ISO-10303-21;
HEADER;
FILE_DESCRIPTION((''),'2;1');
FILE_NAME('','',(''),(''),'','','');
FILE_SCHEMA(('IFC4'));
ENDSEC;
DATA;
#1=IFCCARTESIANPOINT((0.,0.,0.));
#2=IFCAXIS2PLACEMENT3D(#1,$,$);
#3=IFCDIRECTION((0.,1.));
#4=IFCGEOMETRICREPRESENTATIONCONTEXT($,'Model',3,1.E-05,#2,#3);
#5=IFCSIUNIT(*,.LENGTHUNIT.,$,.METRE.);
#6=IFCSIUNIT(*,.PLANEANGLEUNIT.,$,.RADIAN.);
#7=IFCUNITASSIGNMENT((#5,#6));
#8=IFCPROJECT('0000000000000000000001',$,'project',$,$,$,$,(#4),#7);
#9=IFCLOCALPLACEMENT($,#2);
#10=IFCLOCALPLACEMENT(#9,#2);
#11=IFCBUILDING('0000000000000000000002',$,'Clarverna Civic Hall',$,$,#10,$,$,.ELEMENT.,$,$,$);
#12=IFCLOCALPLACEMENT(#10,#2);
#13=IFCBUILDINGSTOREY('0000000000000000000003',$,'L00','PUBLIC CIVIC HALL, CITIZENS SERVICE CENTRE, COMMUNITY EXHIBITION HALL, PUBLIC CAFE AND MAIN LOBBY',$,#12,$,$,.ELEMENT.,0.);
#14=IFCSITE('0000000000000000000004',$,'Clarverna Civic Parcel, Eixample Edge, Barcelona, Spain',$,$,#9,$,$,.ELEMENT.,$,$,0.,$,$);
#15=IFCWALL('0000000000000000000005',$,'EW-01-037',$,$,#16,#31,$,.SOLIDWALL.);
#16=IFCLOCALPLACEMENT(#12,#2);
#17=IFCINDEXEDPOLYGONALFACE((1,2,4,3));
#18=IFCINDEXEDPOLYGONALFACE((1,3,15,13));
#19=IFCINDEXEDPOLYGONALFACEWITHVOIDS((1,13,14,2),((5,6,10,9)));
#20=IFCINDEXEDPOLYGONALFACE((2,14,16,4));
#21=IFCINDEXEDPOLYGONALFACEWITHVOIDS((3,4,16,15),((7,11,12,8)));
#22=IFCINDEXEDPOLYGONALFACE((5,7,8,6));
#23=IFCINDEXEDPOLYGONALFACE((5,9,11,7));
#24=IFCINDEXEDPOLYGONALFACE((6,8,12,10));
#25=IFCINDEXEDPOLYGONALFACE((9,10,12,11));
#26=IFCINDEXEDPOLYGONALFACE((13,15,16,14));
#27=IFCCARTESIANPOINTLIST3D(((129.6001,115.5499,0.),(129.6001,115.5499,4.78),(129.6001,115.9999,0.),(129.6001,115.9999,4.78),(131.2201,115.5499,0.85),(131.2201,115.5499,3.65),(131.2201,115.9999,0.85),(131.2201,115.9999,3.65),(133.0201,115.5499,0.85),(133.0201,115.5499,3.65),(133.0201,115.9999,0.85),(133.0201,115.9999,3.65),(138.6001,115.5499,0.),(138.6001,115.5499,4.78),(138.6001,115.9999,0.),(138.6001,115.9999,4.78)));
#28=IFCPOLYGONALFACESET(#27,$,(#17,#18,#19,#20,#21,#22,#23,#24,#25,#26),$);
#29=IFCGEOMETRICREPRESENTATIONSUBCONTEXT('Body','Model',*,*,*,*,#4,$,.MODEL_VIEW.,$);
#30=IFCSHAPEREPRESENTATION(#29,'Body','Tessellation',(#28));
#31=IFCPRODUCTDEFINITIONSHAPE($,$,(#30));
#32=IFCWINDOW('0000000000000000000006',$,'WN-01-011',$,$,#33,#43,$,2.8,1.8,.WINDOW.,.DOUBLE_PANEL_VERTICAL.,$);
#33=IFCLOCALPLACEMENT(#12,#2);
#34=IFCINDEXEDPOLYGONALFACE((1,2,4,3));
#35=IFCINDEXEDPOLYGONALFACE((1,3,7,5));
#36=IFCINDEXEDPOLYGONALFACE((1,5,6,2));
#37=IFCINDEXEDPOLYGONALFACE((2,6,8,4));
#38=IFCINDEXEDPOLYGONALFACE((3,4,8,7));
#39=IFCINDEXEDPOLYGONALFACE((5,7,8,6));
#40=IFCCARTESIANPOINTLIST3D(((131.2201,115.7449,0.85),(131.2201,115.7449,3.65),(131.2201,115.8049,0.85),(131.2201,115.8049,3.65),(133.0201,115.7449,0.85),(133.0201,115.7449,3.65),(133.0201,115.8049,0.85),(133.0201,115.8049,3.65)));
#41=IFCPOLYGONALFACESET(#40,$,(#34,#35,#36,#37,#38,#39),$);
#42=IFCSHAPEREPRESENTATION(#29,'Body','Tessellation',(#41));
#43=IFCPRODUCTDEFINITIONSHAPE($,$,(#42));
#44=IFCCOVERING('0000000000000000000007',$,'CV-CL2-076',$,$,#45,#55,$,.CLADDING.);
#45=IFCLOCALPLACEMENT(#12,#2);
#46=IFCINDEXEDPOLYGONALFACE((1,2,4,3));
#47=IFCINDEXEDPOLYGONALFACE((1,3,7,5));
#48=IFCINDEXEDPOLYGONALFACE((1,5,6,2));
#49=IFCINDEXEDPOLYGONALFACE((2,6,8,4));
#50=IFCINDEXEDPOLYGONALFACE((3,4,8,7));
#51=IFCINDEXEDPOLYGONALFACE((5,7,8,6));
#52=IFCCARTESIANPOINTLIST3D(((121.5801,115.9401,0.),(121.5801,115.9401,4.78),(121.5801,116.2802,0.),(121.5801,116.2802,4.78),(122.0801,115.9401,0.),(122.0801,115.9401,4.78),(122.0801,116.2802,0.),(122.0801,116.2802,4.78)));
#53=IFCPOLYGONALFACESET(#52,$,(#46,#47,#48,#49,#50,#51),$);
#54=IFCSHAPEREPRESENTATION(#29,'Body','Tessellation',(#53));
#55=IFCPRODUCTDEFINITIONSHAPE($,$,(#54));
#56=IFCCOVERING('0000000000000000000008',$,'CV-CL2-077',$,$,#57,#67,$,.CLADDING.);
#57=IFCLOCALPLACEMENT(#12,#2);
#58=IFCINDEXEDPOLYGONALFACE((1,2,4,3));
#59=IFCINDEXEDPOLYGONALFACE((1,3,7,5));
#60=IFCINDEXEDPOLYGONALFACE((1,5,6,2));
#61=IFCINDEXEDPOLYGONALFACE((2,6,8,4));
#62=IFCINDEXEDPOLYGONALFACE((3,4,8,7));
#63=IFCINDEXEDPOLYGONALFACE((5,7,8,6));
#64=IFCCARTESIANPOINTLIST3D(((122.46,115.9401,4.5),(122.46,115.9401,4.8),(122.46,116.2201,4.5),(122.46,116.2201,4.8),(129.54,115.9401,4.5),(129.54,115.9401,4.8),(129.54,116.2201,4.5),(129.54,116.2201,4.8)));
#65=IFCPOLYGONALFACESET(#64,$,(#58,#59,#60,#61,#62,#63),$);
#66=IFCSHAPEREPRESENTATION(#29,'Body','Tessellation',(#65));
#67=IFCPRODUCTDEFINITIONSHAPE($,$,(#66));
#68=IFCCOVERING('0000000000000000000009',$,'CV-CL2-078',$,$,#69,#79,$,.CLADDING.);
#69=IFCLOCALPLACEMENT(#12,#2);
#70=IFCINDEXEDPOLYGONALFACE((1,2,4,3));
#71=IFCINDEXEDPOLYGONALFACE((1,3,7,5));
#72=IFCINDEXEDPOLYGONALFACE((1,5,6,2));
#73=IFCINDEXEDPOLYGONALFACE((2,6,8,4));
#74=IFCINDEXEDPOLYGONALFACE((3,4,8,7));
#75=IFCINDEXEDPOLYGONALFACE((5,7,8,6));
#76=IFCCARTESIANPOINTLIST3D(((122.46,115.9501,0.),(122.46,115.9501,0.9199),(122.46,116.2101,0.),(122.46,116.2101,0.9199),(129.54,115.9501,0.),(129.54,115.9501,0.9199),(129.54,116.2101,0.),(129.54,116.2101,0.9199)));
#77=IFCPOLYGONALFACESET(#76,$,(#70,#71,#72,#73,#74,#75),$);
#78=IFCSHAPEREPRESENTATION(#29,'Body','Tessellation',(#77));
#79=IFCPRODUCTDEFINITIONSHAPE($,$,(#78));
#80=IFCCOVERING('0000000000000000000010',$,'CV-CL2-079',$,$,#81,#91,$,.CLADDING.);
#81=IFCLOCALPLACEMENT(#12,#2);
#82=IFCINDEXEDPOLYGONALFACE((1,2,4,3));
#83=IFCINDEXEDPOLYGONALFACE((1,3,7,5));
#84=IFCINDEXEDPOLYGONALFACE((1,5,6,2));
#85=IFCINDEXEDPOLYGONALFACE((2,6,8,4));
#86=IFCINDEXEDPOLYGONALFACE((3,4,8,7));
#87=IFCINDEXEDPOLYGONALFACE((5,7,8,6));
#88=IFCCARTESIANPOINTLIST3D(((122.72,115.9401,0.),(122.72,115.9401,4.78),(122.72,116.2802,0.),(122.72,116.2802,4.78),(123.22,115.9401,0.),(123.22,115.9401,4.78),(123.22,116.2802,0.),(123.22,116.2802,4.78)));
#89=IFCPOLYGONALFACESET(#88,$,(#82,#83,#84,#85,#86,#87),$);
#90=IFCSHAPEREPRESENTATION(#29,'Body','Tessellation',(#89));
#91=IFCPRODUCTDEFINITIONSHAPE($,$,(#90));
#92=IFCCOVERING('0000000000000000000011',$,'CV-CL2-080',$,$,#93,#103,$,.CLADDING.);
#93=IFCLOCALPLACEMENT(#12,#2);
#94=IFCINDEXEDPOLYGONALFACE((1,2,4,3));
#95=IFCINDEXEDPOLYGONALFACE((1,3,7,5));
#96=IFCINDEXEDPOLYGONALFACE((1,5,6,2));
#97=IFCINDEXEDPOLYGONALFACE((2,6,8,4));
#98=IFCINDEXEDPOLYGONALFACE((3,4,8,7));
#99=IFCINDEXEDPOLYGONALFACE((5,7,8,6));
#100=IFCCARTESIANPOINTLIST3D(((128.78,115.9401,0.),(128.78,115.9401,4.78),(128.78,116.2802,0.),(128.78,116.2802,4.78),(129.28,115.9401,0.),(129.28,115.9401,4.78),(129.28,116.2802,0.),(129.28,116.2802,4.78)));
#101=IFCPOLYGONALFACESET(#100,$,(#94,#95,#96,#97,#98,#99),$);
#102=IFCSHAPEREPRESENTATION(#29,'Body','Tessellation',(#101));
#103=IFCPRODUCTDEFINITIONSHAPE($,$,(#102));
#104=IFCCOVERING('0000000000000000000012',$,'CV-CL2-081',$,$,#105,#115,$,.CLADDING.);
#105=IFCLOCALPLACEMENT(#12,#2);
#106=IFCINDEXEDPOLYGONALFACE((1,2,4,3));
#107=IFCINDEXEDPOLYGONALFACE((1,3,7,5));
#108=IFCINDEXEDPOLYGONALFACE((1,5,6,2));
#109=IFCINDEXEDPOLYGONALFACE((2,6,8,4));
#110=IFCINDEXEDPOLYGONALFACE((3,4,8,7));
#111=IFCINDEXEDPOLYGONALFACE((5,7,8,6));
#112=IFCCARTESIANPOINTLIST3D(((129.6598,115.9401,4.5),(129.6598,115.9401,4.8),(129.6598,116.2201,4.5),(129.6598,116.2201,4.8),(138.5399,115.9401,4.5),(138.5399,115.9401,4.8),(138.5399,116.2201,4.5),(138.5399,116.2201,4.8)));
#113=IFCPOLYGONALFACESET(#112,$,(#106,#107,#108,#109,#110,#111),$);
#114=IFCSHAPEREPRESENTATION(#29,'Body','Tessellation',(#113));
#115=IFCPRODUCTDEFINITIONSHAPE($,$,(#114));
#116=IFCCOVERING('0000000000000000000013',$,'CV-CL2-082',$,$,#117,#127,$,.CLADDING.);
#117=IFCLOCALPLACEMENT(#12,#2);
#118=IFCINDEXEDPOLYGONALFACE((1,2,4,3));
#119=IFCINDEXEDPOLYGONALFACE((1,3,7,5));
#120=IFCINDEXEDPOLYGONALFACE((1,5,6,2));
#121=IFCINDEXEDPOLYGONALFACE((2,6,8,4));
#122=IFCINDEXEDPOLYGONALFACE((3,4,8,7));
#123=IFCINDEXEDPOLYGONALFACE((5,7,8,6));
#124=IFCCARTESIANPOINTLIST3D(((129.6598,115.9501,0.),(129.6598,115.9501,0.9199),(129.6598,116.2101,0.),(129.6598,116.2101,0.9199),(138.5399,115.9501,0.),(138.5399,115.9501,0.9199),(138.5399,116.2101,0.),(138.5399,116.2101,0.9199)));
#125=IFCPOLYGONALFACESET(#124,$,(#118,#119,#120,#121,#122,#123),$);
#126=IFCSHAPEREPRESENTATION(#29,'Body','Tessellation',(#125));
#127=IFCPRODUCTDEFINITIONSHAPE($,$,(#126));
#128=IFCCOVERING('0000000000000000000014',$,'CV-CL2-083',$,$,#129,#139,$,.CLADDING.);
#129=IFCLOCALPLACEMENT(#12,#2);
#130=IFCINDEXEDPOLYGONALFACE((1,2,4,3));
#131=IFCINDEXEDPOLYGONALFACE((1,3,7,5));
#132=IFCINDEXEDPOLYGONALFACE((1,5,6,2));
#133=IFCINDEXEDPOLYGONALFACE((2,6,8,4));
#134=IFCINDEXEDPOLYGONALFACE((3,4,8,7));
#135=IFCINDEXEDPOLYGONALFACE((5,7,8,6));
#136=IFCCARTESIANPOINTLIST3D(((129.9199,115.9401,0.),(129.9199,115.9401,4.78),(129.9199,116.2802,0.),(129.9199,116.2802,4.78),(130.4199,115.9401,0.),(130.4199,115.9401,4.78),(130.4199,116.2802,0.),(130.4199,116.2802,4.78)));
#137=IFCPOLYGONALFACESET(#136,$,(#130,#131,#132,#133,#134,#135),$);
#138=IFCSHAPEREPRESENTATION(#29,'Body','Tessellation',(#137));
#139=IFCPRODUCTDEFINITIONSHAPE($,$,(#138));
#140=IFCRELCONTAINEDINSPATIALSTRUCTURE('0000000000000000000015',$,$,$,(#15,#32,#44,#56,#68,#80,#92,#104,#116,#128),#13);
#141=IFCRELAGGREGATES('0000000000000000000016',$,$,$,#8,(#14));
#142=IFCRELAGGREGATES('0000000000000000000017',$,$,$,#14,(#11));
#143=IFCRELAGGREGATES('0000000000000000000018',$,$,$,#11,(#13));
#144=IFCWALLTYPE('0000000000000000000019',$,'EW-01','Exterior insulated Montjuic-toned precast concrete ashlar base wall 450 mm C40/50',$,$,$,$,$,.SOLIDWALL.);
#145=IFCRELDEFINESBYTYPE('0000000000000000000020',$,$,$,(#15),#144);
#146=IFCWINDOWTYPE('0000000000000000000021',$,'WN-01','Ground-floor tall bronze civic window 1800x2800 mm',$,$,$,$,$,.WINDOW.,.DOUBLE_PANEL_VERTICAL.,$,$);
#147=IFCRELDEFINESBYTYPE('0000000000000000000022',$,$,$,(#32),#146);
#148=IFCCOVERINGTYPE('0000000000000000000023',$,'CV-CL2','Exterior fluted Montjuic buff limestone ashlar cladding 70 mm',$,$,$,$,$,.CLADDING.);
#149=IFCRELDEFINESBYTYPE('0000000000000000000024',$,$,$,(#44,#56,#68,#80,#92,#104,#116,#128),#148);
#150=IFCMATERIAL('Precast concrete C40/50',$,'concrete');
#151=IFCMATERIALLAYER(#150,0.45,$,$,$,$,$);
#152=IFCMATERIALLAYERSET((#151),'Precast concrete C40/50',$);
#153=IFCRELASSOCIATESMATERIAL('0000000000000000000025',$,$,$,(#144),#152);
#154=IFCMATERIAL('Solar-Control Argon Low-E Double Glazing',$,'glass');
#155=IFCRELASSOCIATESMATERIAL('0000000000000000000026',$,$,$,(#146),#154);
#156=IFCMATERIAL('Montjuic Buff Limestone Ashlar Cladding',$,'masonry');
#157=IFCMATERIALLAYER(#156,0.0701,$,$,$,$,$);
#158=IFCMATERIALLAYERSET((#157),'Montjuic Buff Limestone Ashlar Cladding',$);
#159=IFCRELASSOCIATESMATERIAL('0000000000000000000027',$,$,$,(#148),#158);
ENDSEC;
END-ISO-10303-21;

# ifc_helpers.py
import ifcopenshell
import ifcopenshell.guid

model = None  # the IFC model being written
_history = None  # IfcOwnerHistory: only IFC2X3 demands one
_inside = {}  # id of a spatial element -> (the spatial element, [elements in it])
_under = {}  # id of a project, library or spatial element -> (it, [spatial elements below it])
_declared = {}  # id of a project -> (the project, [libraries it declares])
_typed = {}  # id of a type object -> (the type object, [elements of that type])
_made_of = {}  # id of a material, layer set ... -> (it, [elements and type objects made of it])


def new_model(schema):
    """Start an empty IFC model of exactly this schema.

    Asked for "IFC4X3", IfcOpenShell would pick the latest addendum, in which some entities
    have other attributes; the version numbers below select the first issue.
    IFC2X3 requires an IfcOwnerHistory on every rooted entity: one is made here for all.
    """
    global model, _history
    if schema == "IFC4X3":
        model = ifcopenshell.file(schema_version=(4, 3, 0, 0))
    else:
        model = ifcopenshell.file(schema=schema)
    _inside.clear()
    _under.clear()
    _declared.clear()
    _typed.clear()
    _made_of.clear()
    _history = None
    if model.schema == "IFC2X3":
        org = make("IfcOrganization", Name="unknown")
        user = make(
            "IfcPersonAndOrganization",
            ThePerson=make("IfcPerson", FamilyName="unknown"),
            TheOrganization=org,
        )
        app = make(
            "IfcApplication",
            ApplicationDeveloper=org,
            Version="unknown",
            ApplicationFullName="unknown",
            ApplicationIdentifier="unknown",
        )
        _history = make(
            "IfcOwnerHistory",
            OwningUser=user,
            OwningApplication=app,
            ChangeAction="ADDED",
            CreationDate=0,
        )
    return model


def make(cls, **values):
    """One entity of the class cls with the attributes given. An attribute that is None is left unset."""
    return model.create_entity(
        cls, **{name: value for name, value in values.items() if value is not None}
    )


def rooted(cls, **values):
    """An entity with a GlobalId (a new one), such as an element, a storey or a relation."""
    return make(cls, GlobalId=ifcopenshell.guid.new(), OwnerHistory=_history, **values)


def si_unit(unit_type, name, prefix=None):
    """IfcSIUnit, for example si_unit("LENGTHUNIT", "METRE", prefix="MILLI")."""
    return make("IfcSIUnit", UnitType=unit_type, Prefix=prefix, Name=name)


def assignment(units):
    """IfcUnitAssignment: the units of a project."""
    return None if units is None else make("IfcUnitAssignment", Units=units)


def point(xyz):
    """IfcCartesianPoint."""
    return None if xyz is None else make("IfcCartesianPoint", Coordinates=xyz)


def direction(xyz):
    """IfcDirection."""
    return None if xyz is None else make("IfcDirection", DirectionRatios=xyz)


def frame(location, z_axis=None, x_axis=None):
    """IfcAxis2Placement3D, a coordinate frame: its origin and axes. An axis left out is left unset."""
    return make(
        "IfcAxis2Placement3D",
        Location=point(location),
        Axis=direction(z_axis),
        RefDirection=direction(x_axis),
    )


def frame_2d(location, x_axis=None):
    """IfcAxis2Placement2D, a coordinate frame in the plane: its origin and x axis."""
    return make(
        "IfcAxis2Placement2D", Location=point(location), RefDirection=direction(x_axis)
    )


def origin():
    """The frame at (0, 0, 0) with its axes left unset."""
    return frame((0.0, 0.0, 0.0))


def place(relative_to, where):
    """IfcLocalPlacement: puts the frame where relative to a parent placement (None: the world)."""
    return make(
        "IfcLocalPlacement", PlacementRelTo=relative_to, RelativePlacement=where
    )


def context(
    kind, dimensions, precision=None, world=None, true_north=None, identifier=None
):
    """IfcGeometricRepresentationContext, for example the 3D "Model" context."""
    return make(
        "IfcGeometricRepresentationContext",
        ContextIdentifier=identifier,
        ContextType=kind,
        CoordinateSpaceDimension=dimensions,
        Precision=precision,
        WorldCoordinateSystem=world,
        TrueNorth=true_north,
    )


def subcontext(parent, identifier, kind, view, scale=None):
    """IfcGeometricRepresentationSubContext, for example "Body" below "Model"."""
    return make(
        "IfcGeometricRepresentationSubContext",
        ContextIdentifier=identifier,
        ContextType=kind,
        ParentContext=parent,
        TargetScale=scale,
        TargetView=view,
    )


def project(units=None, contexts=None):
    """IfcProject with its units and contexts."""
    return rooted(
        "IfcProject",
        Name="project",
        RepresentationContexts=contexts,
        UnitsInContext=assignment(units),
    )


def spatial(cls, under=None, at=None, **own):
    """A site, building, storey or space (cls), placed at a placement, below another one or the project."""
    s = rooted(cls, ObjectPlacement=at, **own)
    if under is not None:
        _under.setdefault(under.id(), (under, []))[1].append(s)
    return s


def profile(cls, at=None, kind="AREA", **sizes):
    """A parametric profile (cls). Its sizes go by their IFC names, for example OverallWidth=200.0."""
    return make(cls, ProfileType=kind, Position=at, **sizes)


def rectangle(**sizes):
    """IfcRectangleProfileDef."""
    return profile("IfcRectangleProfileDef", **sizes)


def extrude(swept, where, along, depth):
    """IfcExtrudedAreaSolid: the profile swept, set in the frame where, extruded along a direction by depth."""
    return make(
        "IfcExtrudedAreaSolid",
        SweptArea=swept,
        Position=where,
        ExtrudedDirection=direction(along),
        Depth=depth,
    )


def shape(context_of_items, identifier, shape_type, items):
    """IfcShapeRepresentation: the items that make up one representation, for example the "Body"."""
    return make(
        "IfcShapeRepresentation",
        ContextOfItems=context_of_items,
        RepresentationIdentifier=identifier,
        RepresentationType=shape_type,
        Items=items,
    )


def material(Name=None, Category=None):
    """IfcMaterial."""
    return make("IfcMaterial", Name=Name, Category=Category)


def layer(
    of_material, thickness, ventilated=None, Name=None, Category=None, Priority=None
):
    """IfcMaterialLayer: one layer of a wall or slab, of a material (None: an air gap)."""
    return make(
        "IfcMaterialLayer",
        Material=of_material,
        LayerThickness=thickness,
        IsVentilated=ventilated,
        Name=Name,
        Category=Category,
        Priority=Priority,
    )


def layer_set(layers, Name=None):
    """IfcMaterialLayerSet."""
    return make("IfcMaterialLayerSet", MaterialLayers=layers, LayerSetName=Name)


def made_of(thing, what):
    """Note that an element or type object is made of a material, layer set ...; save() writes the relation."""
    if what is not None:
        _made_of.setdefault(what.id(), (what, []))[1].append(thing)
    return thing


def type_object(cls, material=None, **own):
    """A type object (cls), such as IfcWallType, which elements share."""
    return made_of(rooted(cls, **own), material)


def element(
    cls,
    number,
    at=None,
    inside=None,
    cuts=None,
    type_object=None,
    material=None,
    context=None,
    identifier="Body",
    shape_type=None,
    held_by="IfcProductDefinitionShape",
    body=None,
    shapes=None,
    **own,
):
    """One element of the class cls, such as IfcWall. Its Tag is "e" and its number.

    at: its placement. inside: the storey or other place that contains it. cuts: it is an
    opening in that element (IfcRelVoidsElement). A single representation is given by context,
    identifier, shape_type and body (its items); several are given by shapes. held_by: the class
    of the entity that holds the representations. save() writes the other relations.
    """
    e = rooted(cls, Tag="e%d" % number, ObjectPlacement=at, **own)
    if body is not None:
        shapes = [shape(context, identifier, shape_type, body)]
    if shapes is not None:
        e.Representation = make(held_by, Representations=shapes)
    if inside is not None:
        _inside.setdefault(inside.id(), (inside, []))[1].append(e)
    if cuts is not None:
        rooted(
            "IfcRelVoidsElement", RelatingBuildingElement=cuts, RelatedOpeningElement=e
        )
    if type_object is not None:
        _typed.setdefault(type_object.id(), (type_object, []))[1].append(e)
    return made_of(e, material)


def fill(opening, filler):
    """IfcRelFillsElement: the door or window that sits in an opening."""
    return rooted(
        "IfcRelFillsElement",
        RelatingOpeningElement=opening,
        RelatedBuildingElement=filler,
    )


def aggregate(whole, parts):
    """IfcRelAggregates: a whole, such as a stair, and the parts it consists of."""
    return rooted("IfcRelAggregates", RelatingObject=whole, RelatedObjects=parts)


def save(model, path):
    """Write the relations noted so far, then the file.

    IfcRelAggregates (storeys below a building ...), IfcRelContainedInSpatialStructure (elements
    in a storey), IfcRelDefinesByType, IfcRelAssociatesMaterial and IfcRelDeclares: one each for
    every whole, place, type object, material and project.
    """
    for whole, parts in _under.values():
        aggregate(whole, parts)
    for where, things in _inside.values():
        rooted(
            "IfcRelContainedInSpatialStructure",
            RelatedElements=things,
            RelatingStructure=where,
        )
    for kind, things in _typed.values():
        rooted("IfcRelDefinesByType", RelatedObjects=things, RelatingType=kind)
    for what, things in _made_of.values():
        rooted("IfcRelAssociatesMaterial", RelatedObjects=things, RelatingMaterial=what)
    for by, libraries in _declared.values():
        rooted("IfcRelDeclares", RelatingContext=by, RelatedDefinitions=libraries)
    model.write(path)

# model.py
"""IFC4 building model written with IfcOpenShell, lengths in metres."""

from ifc_helpers import new_model, si_unit, direction, frame, frame_2d, origin, place, context, subcontext, project, spatial, rectangle, extrude, material, layer, layer_set, type_object, element, fill, save


model = new_model("IFC4")

# Units and contexts
model_context = context("Model", 3, precision=1e-05, world=origin(), true_north=direction((0.0, 1.0)))
body_context = subcontext(model_context, "Body", "Model", "MODEL_VIEW")
ifc_project = project(units=[si_unit("LENGTHUNIT", "METRE"), si_unit("PLANEANGLEUNIT", "RADIAN")], contexts=[model_context])

# Site, building, storey
site_placement = place(None, origin())
site = spatial("IfcSite", under=ifc_project, at=site_placement, Name="Clarverna Civic Parcel, Eixample Edge, Barcelona, Spain", CompositionType="ELEMENT", RefElevation=0.0)
building_placement = place(site_placement, origin())
building = spatial("IfcBuilding", under=site, at=building_placement, Name="Clarverna Civic Hall", CompositionType="ELEMENT")
storey_placement = place(building_placement, origin())
storey = spatial("IfcBuildingStorey", under=building, at=storey_placement, Name="L00", Description="PUBLIC CIVIC HALL, CITIZENS SERVICE CENTRE, COMMUNITY EXHIBITION HALL, PUBLIC CAFE AND MAIN LOBBY", CompositionType="ELEMENT", Elevation=0.0)

# Shared definitions
ifc_material_1 = material(Name="Precast concrete C40/50", Category="concrete")

# Shared definitions
ifc_layer_1 = layer(ifc_material_1, 0.45)
ifc_layer_set_1 = layer_set([ifc_layer_1], Name="Precast concrete C40/50")
wall_type = type_object("IfcWallType", Name="EW-01", Description="Exterior insulated Montjuic-toned precast concrete ashlar base wall 450 mm C40/50", PredefinedType="SOLIDWALL", material=ifc_layer_set_1)
ifc_material_2 = material(Name="Solar-Control Argon Low-E Double Glazing", Category="glass")

# Wall, opening, window
wall_1_placement = place(storey_placement, frame((129.6001, 115.7749, 0.0), z_axis=(0.0, 0.0, 1.0), x_axis=(1.0, 0.0, 0.0)))
wall_1 = element("IfcWall", 1, at=wall_1_placement, inside=storey, type_object=wall_type, Name="EW-01-037", PredefinedType="SOLIDWALL", context=body_context, shape_type="SweptSolid", body=[
    extrude(rectangle(XDim=9.0, YDim=0.45, at=frame_2d((4.5, 0.0))), origin(), (0.0, 0.0, 1.0), 4.78),
])
opening_1_placement = place(wall_1_placement, frame((1.6201, 0.0, 0.8501)))
opening_1 = element("IfcOpeningElement", 2, at=opening_1_placement, cuts=wall_1, PredefinedType="OPENING", context=body_context, shape_type="SweptSolid", body=[
    extrude(rectangle(XDim=1.8, YDim=2.8, at=frame_2d((0.8999, 1.3999))), frame((0.0, 0.2349, 0.0), z_axis=(0.0, -1.0, 0.0), x_axis=(1.0, 0.0, 0.0)), (0.0, 0.0, 1.0), 0.47),
])
window_type_1 = type_object("IfcWindowType", Name="WN-01", Description="Ground-floor tall bronze civic window 1800x2800 mm", PartitioningType="DOUBLE_PANEL_VERTICAL", PredefinedType="WINDOW", material=ifc_material_2)
window_1_placement = place(opening_1_placement, origin())
window_1 = element("IfcWindow", 3, at=window_1_placement, inside=storey, type_object=window_type_1, Name="WN-01-011", OverallHeight=2.8, OverallWidth=1.8, PartitioningType="DOUBLE_PANEL_VERTICAL", PredefinedType="WINDOW", context=body_context, shape_type="SweptSolid", body=[
    extrude(rectangle(XDim=1.8, YDim=2.8, at=frame_2d((0.8999, 1.3999))), frame((0.0, 0.03, 0.0), z_axis=(0.0, -1.0, 0.0), x_axis=(1.0, 0.0, 0.0)), (0.0, 0.0, 1.0), 0.0601),
])
fill(opening_1, window_1)

# Coverings
ifc_material_3 = material(Name="Montjuic Buff Limestone Ashlar Cladding", Category="masonry")
ifc_layer_2 = layer(ifc_material_3, 0.0701)
ifc_layer_set_2 = layer_set([ifc_layer_2], Name="Montjuic Buff Limestone Ashlar Cladding")
covering_type = type_object("IfcCoveringType", Name="CV-CL2", Description="Exterior fluted Montjuic buff limestone ashlar cladding 70 mm", PredefinedType="CLADDING", material=ifc_layer_set_2)
covering_1_placement = place(storey_placement, frame((121.5801, 116.1101, 0.0), z_axis=(0.0, 0.0, 1.0), x_axis=(1.0, 0.0, 0.0)))
element("IfcCovering", 4, at=covering_1_placement, inside=storey, type_object=covering_type, Name="CV-CL2-076", PredefinedType="CLADDING", context=body_context, shape_type="SweptSolid", body=[
    extrude(rectangle(XDim=0.5, YDim=0.3401, at=frame_2d((0.25, 0.0))), origin(), (0.0, 0.0, 1.0), 4.78),
])
covering_2_placement = place(storey_placement, frame((122.46, 116.0801, 4.5), z_axis=(0.0, 0.0, 1.0), x_axis=(1.0, 0.0, 0.0)))
element("IfcCovering", 5, at=covering_2_placement, inside=storey, type_object=covering_type, Name="CV-CL2-077", PredefinedType="CLADDING", context=body_context, shape_type="SweptSolid", body=[
    extrude(rectangle(XDim=7.0801, YDim=0.28, at=frame_2d((3.54, 0.0))), origin(), (0.0, 0.0, 1.0), 0.3),
])
covering_3_placement = place(storey_placement, frame((122.46, 116.0801, 0.0), z_axis=(0.0, 0.0, 1.0), x_axis=(1.0, 0.0, 0.0)))
element("IfcCovering", 6, at=covering_3_placement, inside=storey, type_object=covering_type, Name="CV-CL2-078", PredefinedType="CLADDING", context=body_context, shape_type="SweptSolid", body=[
    extrude(rectangle(XDim=7.0801, YDim=0.26, at=frame_2d((3.54, 0.0))), origin(), (0.0, 0.0, 1.0), 0.9199),
])
for number, where, z_axis, x_axis, name in (
    (7, (122.72, 116.1101, 0.0), (0.0, 0.0, 1.0), (1.0, 0.0, 0.0), "CV-CL2-079"),
    (8, (128.78, 116.1101, 0.0), (0.0, 0.0, 1.0), (1.0, 0.0, 0.0), "CV-CL2-080"),
):
    element("IfcCovering", number, at=place(storey_placement, frame(where, z_axis=z_axis, x_axis=x_axis)), inside=storey, type_object=covering_type, Name=name, PredefinedType="CLADDING", context=body_context, shape_type="SweptSolid", body=[
        extrude(rectangle(XDim=0.5, YDim=0.3401, at=frame_2d((0.25, 0.0))), origin(), (0.0, 0.0, 1.0), 4.78),
    ])
covering_4_placement = place(storey_placement, frame((129.6599, 116.0801, 4.5), z_axis=(0.0, 0.0, 1.0), x_axis=(1.0, 0.0, 0.0)))
element("IfcCovering", 9, at=covering_4_placement, inside=storey, type_object=covering_type, Name="CV-CL2-081", PredefinedType="CLADDING", context=body_context, shape_type="SweptSolid", body=[
    extrude(rectangle(XDim=8.8801, YDim=0.28, at=frame_2d((4.4399, 0.0))), origin(), (0.0, 0.0, 1.0), 0.3),
])
covering_5_placement = place(storey_placement, frame((129.6599, 116.0801, 0.0), z_axis=(0.0, 0.0, 1.0), x_axis=(1.0, 0.0, 0.0)))
element("IfcCovering", 10, at=covering_5_placement, inside=storey, type_object=covering_type, Name="CV-CL2-082", PredefinedType="CLADDING", context=body_context, shape_type="SweptSolid", body=[
    extrude(rectangle(XDim=8.8801, YDim=0.26, at=frame_2d((4.4399, 0.0))), origin(), (0.0, 0.0, 1.0), 0.9199),
])
covering_6_placement = place(storey_placement, frame((129.9199, 116.1101, 0.0), z_axis=(0.0, 0.0, 1.0), x_axis=(1.0, 0.0, 0.0)))
element("IfcCovering", 11, at=covering_6_placement, inside=storey, type_object=covering_type, Name="CV-CL2-083", PredefinedType="CLADDING", context=body_context, shape_type="SweptSolid", body=[
    extrude(rectangle(XDim=0.5, YDim=0.3401, at=frame_2d((0.25, 0.0))), origin(), (0.0, 0.0, 1.0), 4.78),
])

save(model, "model.ifc")
